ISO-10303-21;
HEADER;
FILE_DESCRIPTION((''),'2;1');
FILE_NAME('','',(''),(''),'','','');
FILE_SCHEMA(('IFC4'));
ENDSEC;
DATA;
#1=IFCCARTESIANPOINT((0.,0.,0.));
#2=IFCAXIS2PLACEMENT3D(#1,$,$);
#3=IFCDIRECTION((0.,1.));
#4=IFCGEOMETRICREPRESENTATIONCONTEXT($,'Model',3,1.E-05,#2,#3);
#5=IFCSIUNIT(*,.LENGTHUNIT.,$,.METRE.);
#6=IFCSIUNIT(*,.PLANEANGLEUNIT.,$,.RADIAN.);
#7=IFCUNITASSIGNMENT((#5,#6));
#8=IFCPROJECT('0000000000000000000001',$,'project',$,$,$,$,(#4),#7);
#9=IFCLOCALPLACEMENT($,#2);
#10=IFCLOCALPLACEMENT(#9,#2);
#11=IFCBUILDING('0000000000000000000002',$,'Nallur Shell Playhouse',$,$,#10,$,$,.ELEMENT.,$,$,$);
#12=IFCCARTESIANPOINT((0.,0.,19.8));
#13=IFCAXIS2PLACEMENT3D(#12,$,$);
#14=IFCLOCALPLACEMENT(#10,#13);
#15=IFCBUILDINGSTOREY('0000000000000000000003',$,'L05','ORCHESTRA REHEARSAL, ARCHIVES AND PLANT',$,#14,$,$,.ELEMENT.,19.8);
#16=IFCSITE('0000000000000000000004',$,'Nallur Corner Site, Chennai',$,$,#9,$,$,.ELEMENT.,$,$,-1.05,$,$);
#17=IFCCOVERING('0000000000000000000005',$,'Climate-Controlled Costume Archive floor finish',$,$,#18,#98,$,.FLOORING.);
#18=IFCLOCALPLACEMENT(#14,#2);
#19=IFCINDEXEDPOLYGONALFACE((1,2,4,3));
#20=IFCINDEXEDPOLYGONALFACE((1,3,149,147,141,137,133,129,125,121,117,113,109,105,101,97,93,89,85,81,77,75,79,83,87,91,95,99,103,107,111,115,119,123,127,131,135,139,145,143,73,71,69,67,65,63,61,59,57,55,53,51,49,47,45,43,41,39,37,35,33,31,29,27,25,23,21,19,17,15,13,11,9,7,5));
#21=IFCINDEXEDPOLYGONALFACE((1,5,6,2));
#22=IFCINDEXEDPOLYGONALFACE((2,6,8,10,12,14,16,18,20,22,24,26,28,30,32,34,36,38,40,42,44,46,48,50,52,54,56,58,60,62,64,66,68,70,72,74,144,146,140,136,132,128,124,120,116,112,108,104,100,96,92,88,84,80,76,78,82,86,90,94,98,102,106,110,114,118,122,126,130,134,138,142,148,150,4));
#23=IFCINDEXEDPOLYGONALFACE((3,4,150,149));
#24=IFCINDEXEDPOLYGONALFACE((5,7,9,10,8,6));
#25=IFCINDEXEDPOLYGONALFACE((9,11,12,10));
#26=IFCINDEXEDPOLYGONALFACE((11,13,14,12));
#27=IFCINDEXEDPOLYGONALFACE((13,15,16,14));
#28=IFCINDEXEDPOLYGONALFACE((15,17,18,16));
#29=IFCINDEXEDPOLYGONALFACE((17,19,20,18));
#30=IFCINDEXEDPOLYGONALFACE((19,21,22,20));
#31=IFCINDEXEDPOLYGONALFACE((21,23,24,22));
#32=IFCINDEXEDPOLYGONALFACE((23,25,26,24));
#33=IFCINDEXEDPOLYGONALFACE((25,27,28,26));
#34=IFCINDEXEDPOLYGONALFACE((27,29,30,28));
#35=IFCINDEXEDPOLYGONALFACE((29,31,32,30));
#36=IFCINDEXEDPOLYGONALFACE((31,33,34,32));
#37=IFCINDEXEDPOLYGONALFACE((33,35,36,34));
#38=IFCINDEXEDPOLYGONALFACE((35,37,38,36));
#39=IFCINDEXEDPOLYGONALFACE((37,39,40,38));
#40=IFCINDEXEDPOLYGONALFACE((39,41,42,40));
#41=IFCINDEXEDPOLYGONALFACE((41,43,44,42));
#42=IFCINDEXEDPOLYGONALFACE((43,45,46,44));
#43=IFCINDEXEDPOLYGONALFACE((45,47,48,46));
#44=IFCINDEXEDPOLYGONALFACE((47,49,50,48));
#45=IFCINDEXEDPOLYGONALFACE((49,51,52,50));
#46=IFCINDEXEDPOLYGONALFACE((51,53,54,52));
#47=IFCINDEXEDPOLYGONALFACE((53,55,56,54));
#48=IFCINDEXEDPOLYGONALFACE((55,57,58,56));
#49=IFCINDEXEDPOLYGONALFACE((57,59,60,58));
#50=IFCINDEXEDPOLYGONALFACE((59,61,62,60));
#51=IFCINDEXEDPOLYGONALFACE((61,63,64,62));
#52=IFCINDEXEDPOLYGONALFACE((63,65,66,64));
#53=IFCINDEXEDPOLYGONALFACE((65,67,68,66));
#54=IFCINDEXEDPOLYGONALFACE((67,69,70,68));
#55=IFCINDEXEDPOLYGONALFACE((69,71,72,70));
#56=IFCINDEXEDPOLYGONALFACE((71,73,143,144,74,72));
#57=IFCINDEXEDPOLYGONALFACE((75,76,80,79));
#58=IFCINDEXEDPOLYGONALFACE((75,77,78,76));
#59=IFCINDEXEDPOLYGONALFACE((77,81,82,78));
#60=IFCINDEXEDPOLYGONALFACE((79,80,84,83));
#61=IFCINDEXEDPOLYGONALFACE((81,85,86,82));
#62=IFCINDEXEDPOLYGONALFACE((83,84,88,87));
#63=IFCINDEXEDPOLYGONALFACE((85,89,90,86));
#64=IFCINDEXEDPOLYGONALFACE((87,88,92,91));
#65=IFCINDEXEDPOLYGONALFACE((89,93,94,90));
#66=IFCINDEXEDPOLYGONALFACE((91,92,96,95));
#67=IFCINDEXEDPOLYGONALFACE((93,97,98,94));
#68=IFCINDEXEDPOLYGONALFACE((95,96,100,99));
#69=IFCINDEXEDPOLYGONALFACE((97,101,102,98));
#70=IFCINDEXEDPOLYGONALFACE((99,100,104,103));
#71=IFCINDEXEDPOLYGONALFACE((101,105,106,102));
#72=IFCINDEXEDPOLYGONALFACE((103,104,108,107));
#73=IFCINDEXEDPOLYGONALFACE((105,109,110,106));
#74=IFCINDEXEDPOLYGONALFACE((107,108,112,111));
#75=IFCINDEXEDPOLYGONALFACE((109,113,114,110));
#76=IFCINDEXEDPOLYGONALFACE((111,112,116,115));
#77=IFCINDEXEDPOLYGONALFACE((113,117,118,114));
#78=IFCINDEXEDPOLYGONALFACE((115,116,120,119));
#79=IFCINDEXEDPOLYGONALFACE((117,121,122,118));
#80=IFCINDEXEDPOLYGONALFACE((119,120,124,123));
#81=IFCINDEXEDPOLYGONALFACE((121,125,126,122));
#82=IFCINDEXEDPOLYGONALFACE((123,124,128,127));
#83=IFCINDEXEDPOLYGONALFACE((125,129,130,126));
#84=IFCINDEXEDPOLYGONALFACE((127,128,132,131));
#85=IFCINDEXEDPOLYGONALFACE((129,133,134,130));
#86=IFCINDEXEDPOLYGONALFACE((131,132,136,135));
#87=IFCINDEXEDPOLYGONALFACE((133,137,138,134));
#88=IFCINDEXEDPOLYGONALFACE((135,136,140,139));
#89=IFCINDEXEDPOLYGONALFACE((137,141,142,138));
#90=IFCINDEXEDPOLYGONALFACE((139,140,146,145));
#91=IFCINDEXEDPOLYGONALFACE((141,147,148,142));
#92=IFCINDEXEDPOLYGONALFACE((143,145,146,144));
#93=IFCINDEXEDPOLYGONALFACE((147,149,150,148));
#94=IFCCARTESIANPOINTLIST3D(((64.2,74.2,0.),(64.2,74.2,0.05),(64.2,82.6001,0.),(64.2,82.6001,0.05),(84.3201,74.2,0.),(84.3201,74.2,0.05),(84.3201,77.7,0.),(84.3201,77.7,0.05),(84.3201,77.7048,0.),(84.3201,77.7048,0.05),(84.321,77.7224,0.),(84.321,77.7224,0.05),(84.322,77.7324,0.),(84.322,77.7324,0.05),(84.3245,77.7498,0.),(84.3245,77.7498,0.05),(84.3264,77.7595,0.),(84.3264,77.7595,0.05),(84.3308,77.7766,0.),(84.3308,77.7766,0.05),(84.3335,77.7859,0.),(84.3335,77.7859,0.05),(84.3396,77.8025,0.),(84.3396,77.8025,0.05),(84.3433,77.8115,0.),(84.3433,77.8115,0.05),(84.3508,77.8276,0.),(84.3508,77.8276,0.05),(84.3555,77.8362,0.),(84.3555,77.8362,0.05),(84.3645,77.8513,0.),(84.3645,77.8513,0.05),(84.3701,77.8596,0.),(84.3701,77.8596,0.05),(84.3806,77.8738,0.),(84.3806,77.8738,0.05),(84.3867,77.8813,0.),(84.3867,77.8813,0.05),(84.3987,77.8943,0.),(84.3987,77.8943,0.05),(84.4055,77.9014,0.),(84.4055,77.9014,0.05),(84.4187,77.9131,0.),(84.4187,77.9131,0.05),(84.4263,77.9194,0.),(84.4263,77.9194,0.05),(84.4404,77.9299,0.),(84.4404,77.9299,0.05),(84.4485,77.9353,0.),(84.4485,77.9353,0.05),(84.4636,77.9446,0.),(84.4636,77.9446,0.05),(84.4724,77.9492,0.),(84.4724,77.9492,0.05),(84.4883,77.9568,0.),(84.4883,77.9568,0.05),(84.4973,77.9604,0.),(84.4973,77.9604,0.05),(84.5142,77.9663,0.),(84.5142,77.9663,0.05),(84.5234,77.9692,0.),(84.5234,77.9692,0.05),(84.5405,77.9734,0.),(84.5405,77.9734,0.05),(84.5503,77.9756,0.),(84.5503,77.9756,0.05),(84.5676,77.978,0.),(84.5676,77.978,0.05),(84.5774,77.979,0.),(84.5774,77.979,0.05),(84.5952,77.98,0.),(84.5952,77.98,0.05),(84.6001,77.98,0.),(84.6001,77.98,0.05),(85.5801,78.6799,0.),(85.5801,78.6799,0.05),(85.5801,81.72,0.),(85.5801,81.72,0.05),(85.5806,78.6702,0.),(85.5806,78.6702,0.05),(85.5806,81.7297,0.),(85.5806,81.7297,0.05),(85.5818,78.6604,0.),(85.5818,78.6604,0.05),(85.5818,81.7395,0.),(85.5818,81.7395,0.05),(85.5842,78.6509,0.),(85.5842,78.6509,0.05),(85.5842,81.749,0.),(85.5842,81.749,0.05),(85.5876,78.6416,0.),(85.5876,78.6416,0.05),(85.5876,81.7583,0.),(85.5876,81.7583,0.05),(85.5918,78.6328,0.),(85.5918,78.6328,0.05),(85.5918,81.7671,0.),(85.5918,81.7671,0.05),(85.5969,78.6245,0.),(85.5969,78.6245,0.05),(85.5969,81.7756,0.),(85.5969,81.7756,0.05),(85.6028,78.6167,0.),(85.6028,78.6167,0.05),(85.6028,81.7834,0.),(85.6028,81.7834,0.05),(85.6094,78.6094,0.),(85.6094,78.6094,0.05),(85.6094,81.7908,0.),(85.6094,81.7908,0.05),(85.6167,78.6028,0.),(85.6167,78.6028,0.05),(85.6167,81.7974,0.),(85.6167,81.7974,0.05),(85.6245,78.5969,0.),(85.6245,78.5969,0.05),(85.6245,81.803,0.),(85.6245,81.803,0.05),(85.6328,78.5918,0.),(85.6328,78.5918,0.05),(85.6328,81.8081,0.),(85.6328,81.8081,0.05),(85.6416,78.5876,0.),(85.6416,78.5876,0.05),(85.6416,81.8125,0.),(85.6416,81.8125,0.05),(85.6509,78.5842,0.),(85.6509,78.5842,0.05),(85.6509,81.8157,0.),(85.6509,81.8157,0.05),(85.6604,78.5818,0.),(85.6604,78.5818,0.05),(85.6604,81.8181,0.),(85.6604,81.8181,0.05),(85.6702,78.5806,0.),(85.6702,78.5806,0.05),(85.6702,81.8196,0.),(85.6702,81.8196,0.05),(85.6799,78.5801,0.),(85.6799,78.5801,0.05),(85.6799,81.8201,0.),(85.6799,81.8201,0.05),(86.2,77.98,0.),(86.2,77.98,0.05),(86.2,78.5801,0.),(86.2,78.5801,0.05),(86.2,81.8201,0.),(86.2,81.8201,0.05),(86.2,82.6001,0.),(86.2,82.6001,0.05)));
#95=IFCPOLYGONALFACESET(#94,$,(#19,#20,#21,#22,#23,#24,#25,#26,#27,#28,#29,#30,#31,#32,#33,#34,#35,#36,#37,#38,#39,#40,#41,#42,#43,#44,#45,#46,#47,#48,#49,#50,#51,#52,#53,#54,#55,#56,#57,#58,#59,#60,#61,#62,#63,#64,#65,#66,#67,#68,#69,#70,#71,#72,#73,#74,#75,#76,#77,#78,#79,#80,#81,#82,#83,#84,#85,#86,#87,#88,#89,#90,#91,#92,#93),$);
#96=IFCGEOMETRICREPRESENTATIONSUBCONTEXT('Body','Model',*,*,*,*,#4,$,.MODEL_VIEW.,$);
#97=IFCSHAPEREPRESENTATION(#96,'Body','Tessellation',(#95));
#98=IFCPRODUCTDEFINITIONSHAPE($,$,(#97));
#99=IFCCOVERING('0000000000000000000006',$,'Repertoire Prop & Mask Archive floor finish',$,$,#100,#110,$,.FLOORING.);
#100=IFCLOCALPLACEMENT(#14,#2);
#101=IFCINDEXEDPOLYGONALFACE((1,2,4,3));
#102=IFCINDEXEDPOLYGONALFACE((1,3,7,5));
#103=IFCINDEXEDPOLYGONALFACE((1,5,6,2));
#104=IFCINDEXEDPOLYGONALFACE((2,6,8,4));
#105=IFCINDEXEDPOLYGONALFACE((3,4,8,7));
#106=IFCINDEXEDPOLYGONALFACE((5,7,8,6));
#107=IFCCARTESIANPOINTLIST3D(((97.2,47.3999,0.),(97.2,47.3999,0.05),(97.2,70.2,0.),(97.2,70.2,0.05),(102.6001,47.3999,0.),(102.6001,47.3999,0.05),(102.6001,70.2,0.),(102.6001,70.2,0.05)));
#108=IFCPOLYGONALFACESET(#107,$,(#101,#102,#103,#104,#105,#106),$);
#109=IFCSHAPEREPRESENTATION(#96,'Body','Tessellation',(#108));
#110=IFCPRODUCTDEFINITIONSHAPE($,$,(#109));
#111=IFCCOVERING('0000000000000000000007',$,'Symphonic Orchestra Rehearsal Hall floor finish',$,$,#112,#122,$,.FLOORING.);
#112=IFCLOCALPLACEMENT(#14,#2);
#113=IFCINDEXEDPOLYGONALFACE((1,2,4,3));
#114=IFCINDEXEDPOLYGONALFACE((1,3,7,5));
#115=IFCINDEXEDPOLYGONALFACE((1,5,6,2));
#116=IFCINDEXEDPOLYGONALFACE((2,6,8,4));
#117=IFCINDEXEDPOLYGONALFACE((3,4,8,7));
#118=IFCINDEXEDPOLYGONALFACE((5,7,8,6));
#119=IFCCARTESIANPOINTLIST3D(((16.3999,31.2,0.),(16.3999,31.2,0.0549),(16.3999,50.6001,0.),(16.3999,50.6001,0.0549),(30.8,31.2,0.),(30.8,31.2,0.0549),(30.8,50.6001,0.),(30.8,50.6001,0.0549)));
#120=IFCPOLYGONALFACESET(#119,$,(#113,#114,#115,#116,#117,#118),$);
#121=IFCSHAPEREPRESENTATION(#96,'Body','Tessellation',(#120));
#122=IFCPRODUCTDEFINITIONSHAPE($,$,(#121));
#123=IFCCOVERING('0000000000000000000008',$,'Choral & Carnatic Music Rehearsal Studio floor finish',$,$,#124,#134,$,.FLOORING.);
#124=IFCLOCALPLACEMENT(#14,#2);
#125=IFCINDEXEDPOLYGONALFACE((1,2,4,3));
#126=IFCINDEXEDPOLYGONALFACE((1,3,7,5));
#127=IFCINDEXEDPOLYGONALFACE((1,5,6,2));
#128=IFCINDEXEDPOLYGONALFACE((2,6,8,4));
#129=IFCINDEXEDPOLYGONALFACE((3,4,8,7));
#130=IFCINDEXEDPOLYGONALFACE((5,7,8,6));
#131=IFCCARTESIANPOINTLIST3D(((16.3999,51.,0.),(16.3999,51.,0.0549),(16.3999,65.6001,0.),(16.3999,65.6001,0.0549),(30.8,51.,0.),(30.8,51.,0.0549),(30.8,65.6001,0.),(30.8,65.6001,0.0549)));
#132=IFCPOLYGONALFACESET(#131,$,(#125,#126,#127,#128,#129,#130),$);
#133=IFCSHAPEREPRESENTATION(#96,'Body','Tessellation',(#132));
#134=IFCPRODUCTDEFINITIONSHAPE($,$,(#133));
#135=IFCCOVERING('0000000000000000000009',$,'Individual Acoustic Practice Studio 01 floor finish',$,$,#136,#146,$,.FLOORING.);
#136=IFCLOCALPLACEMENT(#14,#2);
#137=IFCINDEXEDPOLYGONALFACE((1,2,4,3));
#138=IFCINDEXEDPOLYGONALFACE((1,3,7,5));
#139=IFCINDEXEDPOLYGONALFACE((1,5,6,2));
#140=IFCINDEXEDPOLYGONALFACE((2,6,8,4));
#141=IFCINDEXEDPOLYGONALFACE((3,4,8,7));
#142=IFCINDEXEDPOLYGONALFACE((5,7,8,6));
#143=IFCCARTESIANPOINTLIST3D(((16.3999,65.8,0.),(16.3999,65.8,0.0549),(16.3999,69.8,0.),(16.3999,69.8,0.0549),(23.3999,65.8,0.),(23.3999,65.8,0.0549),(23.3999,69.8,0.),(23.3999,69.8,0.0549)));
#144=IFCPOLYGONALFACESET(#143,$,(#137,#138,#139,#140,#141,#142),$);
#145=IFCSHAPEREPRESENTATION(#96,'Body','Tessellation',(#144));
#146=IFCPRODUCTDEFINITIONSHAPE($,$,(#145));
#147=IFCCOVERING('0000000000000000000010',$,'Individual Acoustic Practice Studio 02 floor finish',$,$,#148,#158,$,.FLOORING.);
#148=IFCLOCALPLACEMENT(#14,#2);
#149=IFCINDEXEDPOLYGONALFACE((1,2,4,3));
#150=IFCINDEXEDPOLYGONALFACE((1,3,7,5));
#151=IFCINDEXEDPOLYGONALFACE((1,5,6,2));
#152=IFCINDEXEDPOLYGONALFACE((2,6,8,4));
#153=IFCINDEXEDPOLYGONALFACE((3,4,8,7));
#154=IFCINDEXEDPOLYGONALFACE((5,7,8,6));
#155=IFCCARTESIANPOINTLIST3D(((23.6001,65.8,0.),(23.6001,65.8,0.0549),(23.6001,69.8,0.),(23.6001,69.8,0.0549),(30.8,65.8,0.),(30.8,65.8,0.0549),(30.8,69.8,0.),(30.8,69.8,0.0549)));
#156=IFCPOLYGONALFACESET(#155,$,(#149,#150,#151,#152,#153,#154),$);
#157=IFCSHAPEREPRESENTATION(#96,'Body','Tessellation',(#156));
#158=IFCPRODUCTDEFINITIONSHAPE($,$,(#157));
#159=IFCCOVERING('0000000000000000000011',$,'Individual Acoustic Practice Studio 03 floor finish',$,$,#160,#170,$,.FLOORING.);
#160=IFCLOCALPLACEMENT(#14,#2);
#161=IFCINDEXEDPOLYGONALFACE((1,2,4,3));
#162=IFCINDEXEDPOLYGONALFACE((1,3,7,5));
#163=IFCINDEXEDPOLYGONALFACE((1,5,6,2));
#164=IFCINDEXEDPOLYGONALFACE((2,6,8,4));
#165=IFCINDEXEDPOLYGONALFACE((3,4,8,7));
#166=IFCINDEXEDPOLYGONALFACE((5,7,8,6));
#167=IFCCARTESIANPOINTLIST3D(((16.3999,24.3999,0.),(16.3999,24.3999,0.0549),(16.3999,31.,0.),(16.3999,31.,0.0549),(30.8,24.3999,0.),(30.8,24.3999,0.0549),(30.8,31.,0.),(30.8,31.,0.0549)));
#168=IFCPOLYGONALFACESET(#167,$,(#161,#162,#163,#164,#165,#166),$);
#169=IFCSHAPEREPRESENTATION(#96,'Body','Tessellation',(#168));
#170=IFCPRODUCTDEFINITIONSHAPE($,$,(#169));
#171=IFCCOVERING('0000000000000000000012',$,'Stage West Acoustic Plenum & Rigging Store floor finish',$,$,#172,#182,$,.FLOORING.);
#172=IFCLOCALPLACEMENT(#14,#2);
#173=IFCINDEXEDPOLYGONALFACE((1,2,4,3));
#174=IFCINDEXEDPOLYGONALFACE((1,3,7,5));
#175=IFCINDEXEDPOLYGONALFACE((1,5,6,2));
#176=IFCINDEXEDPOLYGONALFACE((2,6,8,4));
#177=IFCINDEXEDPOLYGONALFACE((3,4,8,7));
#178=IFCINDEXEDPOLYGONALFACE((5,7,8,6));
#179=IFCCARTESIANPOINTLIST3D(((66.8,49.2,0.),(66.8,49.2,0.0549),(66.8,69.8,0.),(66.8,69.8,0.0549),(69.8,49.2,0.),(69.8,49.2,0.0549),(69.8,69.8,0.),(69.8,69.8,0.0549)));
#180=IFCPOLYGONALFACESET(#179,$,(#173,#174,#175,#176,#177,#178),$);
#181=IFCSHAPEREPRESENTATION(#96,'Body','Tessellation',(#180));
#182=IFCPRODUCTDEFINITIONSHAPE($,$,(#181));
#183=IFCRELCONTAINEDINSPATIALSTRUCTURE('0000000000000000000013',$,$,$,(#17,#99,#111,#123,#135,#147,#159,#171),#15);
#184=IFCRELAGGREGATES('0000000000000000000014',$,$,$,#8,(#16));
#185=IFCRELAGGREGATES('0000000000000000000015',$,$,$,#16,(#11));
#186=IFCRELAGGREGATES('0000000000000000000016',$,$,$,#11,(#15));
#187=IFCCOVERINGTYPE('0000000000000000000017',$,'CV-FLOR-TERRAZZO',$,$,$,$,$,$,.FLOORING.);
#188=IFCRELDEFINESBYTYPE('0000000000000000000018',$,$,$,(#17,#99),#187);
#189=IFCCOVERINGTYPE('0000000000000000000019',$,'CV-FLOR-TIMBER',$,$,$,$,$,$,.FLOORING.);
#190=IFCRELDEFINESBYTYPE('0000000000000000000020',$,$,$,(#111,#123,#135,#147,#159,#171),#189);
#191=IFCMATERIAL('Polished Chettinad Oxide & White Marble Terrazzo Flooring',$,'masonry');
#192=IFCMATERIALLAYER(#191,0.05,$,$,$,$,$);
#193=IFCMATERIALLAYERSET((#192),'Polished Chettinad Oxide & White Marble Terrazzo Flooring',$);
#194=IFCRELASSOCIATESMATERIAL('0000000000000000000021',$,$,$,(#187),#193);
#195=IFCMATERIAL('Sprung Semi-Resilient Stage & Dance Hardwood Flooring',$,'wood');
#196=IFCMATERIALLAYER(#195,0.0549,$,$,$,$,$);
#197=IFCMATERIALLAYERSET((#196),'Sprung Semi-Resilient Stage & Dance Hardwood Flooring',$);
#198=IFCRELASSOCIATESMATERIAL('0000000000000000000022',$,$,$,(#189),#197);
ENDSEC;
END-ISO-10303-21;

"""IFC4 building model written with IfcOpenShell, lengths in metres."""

from ifc_helpers import new_model, si_unit, direction, frame, origin, place, context, subcontext, project, spatial, polyline, outline, extrude, material, layer, layer_set, type_object, element, save


model = new_model("IFC4")

# Units and contexts
model_context = context("Model", 3, precision=1e-05, world=origin(), true_north=direction((0.0, 1.0)))
body_context = subcontext(model_context, "Body", "Model", "MODEL_VIEW")
ifc_project = project(units=[si_unit("LENGTHUNIT", "METRE"), si_unit("PLANEANGLEUNIT", "RADIAN")], contexts=[model_context])

# Site, building, storey
site_placement = place(None, origin())
site = spatial("IfcSite", under=ifc_project, at=site_placement, Name="Nallur Corner Site, Chennai", CompositionType="ELEMENT", RefElevation=-1.05)
building_placement = place(site_placement, origin())
building = spatial("IfcBuilding", under=site, at=building_placement, Name="Nallur Shell Playhouse", CompositionType="ELEMENT")
storey_placement = place(building_placement, frame((0.0, 0.0, 19.8)))
storey = spatial("IfcBuildingStorey", under=building, at=storey_placement, Name="L05", Description="ORCHESTRA REHEARSAL, ARCHIVES AND PLANT", CompositionType="ELEMENT", Elevation=19.8)

# Coverings
ifc_material_1 = material(Name="Polished Chettinad Oxide & White Marble Terrazzo Flooring", Category="masonry")
ifc_layer_1 = layer(ifc_material_1, 0.05)
ifc_layer_set_1 = layer_set([ifc_layer_1], Name="Polished Chettinad Oxide & White Marble Terrazzo Flooring")
covering_type_1 = type_object("IfcCoveringType", Name="CV-FLOR-TERRAZZO", PredefinedType="FLOORING", material=ifc_layer_set_1)
covering_1_placement = place(storey_placement, origin())
element("IfcCovering", 1, at=covering_1_placement, inside=storey, type_object=covering_type_1, Name="Climate-Controlled Costume Archive floor finish", PredefinedType="FLOORING", context=body_context, shape_type="SweptSolid", body=[
    extrude(outline(polyline([(85.6604, 81.8181), (85.6509, 81.8157), (85.6416, 81.8125), (85.6328, 81.8081), (85.6245, 81.803), (85.6167, 81.7974), (85.6094, 81.7908), (85.6028, 81.7834), (85.5969, 81.7756), (85.5918, 81.7671), (85.5876, 81.7583), (85.5842, 81.749), (85.5818, 81.7395), (85.5806, 81.7297), (85.5801, 81.72), (85.5801, 78.6799), (85.5806, 78.6702), (85.5818, 78.6604), (85.5842, 78.6509), (85.5876, 78.6416), (85.5918, 78.6328), (85.5969, 78.6245), (85.6028, 78.6167), (85.6094, 78.6094), (85.6167, 78.6028), (85.6245, 78.5969), (85.6328, 78.5918), (85.6416, 78.5876), (85.6509, 78.5842), (85.6604, 78.5818), (85.6702, 78.5806), (85.6799, 78.5801), (86.2, 78.5801), (86.2, 77.98), (84.6001, 77.98), (84.5952, 77.98), (84.5774, 77.979), (84.5676, 77.978), (84.5503, 77.9756), (84.5405, 77.9734), (84.5234, 77.9692), (84.5142, 77.9663), (84.4973, 77.9604), (84.4883, 77.9568), (84.4724, 77.9492), (84.4636, 77.9446), (84.4485, 77.9353), (84.4404, 77.9299), (84.4263, 77.9194), (84.4187, 77.9131), (84.4055, 77.9014), (84.3987, 77.8943), (84.3867, 77.8813), (84.3806, 77.8738), (84.3701, 77.8596), (84.3645, 77.8513), (84.3555, 77.8362), (84.3508, 77.8276), (84.3433, 77.8115), (84.3396, 77.8025), (84.3335, 77.7859), (84.3308, 77.7766), (84.3264, 77.7595), (84.3245, 77.7498), (84.322, 77.7324), (84.321, 77.7224), (84.3201, 77.7048), (84.3201, 77.7), (84.3201, 74.2), (64.2, 74.2), (64.2, 82.6001), (86.2, 82.6001), (86.2, 81.8201), (85.6799, 81.8201), (85.6702, 81.8196), (85.6604, 81.8181)])), origin(), (0.0, 0.0, 1.0), 0.05),
])
covering_2_placement = place(storey_placement, origin())
element("IfcCovering", 2, at=covering_2_placement, inside=storey, type_object=covering_type_1, Name="Repertoire Prop & Mask Archive floor finish", PredefinedType="FLOORING", context=body_context, shape_type="SweptSolid", body=[
    extrude(outline(polyline([(102.6001, 47.3999), (97.2, 47.3999), (97.2, 70.2), (102.6001, 70.2), (102.6001, 47.3999)])), origin(), (0.0, 0.0, 1.0), 0.05),
])
ifc_material_2 = material(Name="Sprung Semi-Resilient Stage & Dance Hardwood Flooring", Category="wood")
ifc_layer_2 = layer(ifc_material_2, 0.0549)
ifc_layer_set_2 = layer_set([ifc_layer_2], Name="Sprung Semi-Resilient Stage & Dance Hardwood Flooring")
covering_type_2 = type_object("IfcCoveringType", Name="CV-FLOR-TIMBER", PredefinedType="FLOORING", material=ifc_layer_set_2)
covering_3_placement = place(storey_placement, origin())
element("IfcCovering", 3, at=covering_3_placement, inside=storey, type_object=covering_type_2, Name="Symphonic Orchestra Rehearsal Hall floor finish", PredefinedType="FLOORING", context=body_context, shape_type="SweptSolid", body=[
    extrude(outline(polyline([(30.8, 31.2), (16.3999, 31.2), (16.3999, 50.6001), (30.8, 50.6001), (30.8, 31.2)])), origin(), (0.0, 0.0, 1.0), 0.0549),
])
covering_4_placement = place(storey_placement, origin())
element("IfcCovering", 4, at=covering_4_placement, inside=storey, type_object=covering_type_2, Name="Choral & Carnatic Music Rehearsal Studio floor finish", PredefinedType="FLOORING", context=body_context, shape_type="SweptSolid", body=[
    extrude(outline(polyline([(30.8, 51.0), (16.3999, 51.0), (16.3999, 65.6001), (30.8, 65.6001), (30.8, 51.0)])), origin(), (0.0, 0.0, 1.0), 0.0549),
])
covering_5_placement = place(storey_placement, origin())
element("IfcCovering", 5, at=covering_5_placement, inside=storey, type_object=covering_type_2, Name="Individual Acoustic Practice Studio 01 floor finish", PredefinedType="FLOORING", context=body_context, shape_type="SweptSolid", body=[
    extrude(outline(polyline([(23.3999, 65.8), (16.3999, 65.8), (16.3999, 69.8), (23.3999, 69.8), (23.3999, 65.8)])), origin(), (0.0, 0.0, 1.0), 0.0549),
])
covering_6_placement = place(storey_placement, origin())
element("IfcCovering", 6, at=covering_6_placement, inside=storey, type_object=covering_type_2, Name="Individual Acoustic Practice Studio 02 floor finish", PredefinedType="FLOORING", context=body_context, shape_type="SweptSolid", body=[
    extrude(outline(polyline([(30.8, 65.8), (23.6001, 65.8), (23.6001, 69.8), (30.8, 69.8), (30.8, 65.8)])), origin(), (0.0, 0.0, 1.0), 0.0549),
])
covering_7_placement = place(storey_placement, origin())
element("IfcCovering", 7, at=covering_7_placement, inside=storey, type_object=covering_type_2, Name="Individual Acoustic Practice Studio 03 floor finish", PredefinedType="FLOORING", context=body_context, shape_type="SweptSolid", body=[
    extrude(outline(polyline([(30.8, 24.3999), (16.3999, 24.3999), (16.3999, 31.0), (30.8, 31.0), (30.8, 24.3999)])), origin(), (0.0, 0.0, 1.0), 0.0549),
])
covering_8_placement = place(storey_placement, origin())
element("IfcCovering", 8, at=covering_8_placement, inside=storey, type_object=covering_type_2, Name="Stage West Acoustic Plenum & Rigging Store floor finish", PredefinedType="FLOORING", context=body_context, shape_type="SweptSolid", body=[
    extrude(outline(polyline([(69.8, 49.2), (66.8, 49.2), (66.8, 69.8), (69.8, 69.8), (69.8, 49.2)])), origin(), (0.0, 0.0, 1.0), 0.0549),
])

save(model, "model.ifc")
